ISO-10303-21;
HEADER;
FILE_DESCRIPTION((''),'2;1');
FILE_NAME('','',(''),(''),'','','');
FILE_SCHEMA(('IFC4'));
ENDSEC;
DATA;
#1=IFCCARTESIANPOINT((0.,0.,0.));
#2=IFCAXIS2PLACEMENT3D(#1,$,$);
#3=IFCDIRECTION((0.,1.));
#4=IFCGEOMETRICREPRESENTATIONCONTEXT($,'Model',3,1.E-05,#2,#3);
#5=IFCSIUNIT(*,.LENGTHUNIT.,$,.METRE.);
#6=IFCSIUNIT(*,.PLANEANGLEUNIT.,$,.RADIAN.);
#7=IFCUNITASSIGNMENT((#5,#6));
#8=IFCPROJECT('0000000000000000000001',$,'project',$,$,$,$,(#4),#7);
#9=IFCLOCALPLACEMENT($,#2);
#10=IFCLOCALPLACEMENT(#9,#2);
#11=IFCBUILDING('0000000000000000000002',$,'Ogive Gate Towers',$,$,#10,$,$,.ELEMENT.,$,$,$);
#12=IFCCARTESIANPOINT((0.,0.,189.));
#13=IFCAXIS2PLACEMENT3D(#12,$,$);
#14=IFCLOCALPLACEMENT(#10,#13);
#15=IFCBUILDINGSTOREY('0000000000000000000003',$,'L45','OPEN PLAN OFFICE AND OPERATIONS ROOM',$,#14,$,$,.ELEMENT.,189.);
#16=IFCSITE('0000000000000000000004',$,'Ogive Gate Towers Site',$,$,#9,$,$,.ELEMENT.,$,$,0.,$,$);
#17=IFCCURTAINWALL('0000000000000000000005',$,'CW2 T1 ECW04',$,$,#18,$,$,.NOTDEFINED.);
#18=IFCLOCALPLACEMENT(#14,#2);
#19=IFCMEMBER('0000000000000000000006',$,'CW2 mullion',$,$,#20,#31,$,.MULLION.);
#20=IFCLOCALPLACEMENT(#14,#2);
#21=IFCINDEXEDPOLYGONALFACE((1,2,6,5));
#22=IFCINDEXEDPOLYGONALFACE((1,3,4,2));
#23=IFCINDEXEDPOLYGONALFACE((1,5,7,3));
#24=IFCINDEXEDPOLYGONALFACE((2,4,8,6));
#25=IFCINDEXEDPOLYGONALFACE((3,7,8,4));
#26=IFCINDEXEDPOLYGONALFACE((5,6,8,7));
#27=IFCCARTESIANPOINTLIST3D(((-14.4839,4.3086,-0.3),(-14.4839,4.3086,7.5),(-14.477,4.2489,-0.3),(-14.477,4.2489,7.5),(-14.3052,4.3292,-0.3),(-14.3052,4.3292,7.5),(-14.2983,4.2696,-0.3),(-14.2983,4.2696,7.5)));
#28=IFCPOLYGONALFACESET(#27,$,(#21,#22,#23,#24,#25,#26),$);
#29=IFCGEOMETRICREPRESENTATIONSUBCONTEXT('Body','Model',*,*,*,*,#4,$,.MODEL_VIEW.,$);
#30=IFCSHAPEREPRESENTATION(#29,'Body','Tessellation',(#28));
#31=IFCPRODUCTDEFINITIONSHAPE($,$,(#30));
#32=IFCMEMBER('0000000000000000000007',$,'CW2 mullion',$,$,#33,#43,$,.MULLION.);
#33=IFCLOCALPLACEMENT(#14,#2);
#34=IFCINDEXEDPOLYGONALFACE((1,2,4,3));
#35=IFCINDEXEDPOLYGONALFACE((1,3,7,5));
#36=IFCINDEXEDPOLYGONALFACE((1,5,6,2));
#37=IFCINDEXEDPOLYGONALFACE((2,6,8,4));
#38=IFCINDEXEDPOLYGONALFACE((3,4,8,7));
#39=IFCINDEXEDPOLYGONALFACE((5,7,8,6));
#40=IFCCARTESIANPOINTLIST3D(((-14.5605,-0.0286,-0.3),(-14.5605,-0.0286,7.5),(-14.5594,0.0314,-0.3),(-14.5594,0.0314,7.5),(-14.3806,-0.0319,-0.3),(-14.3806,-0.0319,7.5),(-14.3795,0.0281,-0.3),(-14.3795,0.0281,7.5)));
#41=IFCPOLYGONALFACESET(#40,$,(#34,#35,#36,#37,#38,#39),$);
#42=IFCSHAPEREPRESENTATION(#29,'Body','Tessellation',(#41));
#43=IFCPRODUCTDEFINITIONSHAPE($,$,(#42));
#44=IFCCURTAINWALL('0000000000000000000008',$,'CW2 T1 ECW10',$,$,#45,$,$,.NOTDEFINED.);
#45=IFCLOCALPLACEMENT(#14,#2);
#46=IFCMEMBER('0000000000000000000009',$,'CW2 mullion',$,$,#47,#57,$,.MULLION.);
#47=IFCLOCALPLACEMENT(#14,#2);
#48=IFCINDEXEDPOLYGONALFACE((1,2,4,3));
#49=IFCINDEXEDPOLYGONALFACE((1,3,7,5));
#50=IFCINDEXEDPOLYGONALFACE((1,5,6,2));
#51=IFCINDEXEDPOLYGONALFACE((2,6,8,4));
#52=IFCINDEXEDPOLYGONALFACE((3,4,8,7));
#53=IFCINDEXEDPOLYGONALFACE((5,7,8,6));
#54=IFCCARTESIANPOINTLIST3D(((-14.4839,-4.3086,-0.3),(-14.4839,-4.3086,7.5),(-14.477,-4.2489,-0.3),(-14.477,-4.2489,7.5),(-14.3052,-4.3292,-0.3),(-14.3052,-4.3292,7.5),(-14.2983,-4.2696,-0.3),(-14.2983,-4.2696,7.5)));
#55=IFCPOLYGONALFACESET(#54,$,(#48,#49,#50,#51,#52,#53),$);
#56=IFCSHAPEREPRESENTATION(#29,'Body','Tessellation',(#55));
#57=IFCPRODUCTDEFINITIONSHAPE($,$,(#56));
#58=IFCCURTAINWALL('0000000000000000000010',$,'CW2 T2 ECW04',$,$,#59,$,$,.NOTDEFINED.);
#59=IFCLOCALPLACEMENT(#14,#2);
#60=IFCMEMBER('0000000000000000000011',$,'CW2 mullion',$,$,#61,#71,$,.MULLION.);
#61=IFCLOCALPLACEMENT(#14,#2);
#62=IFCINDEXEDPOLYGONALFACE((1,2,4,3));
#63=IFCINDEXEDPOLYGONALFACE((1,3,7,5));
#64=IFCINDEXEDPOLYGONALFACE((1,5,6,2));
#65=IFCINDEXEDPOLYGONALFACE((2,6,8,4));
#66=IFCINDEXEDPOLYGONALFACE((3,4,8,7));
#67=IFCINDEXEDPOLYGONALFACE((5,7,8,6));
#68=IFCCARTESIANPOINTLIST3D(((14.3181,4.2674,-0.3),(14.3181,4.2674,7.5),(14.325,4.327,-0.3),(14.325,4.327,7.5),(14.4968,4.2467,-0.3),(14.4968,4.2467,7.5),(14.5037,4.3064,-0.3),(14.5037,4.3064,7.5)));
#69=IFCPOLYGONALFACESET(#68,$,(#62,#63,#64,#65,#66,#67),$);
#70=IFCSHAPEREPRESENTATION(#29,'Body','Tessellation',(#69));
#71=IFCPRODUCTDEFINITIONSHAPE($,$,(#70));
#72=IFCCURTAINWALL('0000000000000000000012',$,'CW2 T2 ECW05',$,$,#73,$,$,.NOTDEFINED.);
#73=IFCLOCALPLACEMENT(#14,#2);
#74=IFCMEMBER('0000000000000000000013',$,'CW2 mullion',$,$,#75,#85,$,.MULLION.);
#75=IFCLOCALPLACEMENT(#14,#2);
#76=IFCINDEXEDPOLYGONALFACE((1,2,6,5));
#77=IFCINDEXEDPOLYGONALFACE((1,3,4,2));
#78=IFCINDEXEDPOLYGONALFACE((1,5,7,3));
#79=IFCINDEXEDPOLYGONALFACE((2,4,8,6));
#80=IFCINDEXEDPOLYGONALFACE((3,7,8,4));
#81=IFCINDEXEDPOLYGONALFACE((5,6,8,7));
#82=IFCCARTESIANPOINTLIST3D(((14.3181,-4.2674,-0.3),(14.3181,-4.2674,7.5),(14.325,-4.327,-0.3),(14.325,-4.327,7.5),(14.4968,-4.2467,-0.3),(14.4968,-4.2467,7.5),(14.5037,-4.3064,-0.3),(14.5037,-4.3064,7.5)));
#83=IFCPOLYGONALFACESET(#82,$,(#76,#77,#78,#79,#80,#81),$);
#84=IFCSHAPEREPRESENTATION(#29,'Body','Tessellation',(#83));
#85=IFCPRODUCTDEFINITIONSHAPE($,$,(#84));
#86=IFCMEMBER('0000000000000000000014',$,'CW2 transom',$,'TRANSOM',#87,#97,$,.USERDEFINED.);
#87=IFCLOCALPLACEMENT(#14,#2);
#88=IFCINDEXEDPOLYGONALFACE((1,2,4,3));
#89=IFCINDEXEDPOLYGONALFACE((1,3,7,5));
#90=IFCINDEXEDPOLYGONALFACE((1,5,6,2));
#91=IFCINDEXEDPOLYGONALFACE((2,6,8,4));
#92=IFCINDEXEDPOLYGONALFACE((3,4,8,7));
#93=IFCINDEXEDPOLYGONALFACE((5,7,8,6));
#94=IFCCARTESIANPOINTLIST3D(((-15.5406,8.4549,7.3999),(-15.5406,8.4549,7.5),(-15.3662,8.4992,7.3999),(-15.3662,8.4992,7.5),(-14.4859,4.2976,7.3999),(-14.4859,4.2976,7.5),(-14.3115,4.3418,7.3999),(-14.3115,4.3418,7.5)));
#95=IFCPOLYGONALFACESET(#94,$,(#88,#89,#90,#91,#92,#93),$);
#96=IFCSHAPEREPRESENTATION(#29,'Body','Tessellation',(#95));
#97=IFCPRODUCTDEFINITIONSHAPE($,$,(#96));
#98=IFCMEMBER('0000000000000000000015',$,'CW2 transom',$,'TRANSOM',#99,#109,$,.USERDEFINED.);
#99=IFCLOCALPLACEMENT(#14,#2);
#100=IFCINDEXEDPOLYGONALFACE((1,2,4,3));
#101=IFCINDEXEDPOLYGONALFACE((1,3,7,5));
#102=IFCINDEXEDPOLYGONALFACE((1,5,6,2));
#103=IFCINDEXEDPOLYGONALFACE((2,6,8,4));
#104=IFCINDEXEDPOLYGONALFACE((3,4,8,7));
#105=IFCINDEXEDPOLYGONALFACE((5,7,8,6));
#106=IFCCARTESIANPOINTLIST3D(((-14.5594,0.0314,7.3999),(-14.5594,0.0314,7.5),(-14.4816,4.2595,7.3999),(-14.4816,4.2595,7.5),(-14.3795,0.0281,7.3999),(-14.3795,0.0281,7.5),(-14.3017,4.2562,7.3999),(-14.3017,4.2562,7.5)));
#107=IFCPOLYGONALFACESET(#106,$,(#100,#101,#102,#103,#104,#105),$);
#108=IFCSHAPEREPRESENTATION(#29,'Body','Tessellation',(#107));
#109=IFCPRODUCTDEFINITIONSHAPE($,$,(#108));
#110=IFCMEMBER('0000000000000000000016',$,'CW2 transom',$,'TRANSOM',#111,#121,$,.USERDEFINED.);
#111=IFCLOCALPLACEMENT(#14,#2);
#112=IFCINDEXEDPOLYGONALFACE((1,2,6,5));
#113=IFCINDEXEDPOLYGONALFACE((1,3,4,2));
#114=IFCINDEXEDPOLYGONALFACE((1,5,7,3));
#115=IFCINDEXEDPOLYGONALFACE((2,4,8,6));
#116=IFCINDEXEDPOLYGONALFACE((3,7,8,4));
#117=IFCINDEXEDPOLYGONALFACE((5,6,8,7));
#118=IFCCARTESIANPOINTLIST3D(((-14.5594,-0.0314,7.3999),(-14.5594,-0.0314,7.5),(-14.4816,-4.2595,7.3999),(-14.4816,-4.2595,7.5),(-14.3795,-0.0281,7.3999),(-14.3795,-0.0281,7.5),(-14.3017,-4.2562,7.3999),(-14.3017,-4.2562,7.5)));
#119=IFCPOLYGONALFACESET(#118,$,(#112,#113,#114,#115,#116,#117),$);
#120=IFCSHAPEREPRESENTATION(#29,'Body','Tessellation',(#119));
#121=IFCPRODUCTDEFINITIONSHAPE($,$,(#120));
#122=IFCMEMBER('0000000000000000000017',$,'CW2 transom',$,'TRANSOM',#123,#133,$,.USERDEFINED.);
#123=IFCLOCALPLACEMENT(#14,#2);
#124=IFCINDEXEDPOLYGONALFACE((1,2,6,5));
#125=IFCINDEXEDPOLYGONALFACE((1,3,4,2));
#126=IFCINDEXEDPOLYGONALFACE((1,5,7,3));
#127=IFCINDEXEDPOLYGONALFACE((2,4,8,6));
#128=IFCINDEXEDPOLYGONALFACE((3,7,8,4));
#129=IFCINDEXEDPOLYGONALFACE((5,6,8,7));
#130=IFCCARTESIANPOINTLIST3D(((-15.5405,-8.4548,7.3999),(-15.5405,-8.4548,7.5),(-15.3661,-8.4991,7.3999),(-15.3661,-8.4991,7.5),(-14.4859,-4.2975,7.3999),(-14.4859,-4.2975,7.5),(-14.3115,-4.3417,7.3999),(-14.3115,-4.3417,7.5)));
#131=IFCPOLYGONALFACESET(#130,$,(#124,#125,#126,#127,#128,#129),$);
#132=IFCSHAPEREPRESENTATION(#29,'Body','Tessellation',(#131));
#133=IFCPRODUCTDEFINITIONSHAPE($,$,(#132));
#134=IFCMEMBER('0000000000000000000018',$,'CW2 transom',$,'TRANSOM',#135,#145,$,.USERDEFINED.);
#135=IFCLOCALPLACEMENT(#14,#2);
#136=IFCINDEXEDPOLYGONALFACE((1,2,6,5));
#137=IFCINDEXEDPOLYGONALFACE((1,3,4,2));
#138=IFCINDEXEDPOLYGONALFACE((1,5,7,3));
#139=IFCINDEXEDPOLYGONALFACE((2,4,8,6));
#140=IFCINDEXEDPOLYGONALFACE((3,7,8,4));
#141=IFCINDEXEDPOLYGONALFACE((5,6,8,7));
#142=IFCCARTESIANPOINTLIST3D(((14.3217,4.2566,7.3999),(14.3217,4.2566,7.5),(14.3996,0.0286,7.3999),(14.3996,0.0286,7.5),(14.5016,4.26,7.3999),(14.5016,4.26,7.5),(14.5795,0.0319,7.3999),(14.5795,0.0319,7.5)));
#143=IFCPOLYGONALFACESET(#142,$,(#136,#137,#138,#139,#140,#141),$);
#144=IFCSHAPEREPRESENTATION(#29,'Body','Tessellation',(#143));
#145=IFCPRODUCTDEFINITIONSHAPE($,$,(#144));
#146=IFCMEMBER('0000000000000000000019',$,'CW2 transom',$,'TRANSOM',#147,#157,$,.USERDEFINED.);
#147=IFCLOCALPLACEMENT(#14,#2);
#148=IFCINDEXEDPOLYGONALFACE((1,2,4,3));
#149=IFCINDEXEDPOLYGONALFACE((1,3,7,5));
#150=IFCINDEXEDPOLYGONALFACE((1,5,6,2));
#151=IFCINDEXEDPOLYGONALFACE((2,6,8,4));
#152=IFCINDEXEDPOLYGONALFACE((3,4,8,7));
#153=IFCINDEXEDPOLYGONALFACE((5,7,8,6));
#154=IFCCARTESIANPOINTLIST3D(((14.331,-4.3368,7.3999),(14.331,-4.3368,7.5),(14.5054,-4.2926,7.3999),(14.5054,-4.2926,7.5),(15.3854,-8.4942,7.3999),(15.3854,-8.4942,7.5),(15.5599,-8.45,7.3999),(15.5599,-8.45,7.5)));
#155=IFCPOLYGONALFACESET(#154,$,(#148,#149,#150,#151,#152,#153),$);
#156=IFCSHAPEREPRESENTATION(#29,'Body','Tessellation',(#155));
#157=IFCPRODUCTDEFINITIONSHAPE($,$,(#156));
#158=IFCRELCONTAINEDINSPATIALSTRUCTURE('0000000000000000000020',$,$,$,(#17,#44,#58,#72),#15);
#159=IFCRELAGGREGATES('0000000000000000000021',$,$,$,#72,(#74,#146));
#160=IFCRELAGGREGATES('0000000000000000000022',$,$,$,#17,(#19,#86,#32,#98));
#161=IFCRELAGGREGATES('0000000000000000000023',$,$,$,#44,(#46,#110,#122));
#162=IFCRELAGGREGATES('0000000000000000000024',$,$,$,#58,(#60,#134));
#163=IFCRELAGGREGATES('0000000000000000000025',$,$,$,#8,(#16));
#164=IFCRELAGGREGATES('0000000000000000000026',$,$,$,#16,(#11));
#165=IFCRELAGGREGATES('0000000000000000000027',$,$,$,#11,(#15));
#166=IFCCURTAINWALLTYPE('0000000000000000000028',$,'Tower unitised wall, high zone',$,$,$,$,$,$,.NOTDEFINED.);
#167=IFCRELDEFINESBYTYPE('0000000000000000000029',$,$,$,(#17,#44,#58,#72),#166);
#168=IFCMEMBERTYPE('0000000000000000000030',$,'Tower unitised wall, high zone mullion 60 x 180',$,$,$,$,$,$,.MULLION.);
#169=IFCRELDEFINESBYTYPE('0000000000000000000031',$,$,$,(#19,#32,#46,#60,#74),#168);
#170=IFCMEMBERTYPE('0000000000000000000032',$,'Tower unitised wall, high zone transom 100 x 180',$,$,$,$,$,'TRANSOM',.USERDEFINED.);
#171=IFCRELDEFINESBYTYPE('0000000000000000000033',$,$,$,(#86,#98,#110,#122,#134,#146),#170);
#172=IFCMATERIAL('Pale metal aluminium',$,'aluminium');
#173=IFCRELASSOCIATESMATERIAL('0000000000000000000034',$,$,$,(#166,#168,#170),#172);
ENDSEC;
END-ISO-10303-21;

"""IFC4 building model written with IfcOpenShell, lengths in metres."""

from ifc_helpers import new_model, si_unit, direction, frame, origin, origin_2d, place, context, subcontext, project, spatial, rectangle, extrude, material, material_profile, profile_set, type_object, element, aggregate, save


model = new_model("IFC4")

# Units and contexts
model_context = context("Model", 3, precision=1e-05, world=origin(), true_north=direction((0.0, 1.0)))
body_context = subcontext(model_context, "Body", "Model", "MODEL_VIEW")
ifc_project = project(units=[si_unit("LENGTHUNIT", "METRE"), si_unit("PLANEANGLEUNIT", "RADIAN")], contexts=[model_context])

# Site, building, storey
site_placement = place(None, origin())
site = spatial("IfcSite", under=ifc_project, at=site_placement, Name="Ogive Gate Towers Site", CompositionType="ELEMENT", RefElevation=0.0)
building_placement = place(site_placement, origin())
building = spatial("IfcBuilding", under=site, at=building_placement, Name="Ogive Gate Towers", CompositionType="ELEMENT")
storey_placement = place(building_placement, frame((0.0, 0.0, 189.0)))
storey = spatial("IfcBuildingStorey", under=building, at=storey_placement, Name="L45", Description="OPEN PLAN OFFICE AND OPERATIONS ROOM", CompositionType="ELEMENT", Elevation=189.0)

# Curtain wall, members
ifc_material_1 = material(Name="Pale metal aluminium", Category="aluminium")
curtain_wall_type = type_object("IfcCurtainWallType", Name="Tower unitised wall, high zone", PredefinedType="NOTDEFINED", material=ifc_material_1)
curtain_wall_1_placement = place(storey_placement, origin())
curtain_wall_1 = element("IfcCurtainWall", 1, at=curtain_wall_1_placement, inside=storey, type_object=curtain_wall_type, Name="CW2 T1 ECW04", PredefinedType="NOTDEFINED")
ifc_material_profile_1 = material_profile(ifc_material_1, rectangle(XDim=0.1799, YDim=0.0601, at=origin_2d()), Name="60 x 180 aluminium box")
ifc_profile_set_1 = profile_set([ifc_material_profile_1], Name="Pale metal aluminium")
member_type_1 = type_object("IfcMemberType", Name="Tower unitised wall, high zone mullion 60 x 180", PredefinedType="MULLION", material=ifc_profile_set_1)
member_1_placement = place(storey_placement, frame((-14.3911, 4.2891, -0.3), z_axis=(0.0, 0.0, 1.0), x_axis=(-0.993395, -0.114746, 0.0)))
member_1 = element("IfcMember", 2, at=member_1_placement, type_object=member_type_1, Name="CW2 mullion", PredefinedType="MULLION", context=body_context, shape_type="SweptSolid", body=[
    extrude(rectangle(XDim=0.1799, YDim=0.0601, at=origin_2d()), origin(), (0.0, 0.0, 1.0), 7.8),
])
member_2_placement = place(storey_placement, frame((-14.47, -0.0002, -0.3), z_axis=(0.0, 0.0, 1.0), x_axis=(-0.99983, 0.018412, 0.0)))
member_2 = element("IfcMember", 3, at=member_2_placement, type_object=member_type_1, Name="CW2 mullion", PredefinedType="MULLION", context=body_context, shape_type="SweptSolid", body=[
    extrude(rectangle(XDim=0.1799, YDim=0.0601, at=origin_2d()), origin(), (0.0, 0.0, 1.0), 7.8),
])

# Curtain walls, members
curtain_wall_2_placement = place(storey_placement, origin())
curtain_wall_2 = element("IfcCurtainWall", 4, at=curtain_wall_2_placement, inside=storey, type_object=curtain_wall_type, Name="CW2 T1 ECW10", PredefinedType="NOTDEFINED")
member_3_placement = place(storey_placement, frame((-14.3911, -4.2891, -0.3), z_axis=(0.0, 0.0, 1.0), x_axis=(-0.993395, 0.114746, 0.0)))
member_3 = element("IfcMember", 5, at=member_3_placement, type_object=member_type_1, Name="CW2 mullion", PredefinedType="MULLION", context=body_context, shape_type="SweptSolid", body=[
    extrude(rectangle(XDim=0.1799, YDim=0.0601, at=origin_2d()), origin(), (0.0, 0.0, 1.0), 7.8),
])
curtain_wall_3_placement = place(storey_placement, origin())
curtain_wall_3 = element("IfcCurtainWall", 6, at=curtain_wall_3_placement, inside=storey, type_object=curtain_wall_type, Name="CW2 T2 ECW04", PredefinedType="NOTDEFINED")
member_4_placement = place(storey_placement, frame((14.4109, 4.2869, -0.3), z_axis=(0.0, 0.0, 1.0), x_axis=(-0.993395, 0.114746, 0.0)))
member_4 = element("IfcMember", 7, at=member_4_placement, type_object=member_type_1, Name="CW2 mullion", PredefinedType="MULLION", context=body_context, shape_type="SweptSolid", body=[
    extrude(rectangle(XDim=0.1799, YDim=0.0601, at=origin_2d()), origin(), (0.0, 0.0, 1.0), 7.8),
])
curtain_wall_4_placement = place(storey_placement, origin())
curtain_wall_4 = element("IfcCurtainWall", 8, at=curtain_wall_4_placement, inside=storey, type_object=curtain_wall_type, Name="CW2 T2 ECW05", PredefinedType="NOTDEFINED")
member_5_placement = place(storey_placement, frame((14.4109, -4.2869, -0.3), z_axis=(0.0, 0.0, 1.0), x_axis=(-0.993395, -0.114746, 0.0)))
member_5 = element("IfcMember", 9, at=member_5_placement, type_object=member_type_1, Name="CW2 mullion", PredefinedType="MULLION", context=body_context, shape_type="SweptSolid", body=[
    extrude(rectangle(XDim=0.1799, YDim=0.0601, at=origin_2d()), origin(), (0.0, 0.0, 1.0), 7.8),
])

# Members
ifc_material_profile_2 = material_profile(ifc_material_1, rectangle(XDim=0.1799, YDim=0.1001, at=origin_2d()), Name="100 x 180 aluminium box")
ifc_profile_set_2 = profile_set([ifc_material_profile_2], Name="Pale metal aluminium")
member_type_2 = type_object("IfcMemberType", Name="Tower unitised wall, high zone transom 100 x 180", ElementType="TRANSOM", PredefinedType="USERDEFINED", material=ifc_profile_set_2)
member_6_placement = place(storey_placement, frame((-15.4534, 8.4771, 7.45), z_axis=(0.245896, -0.969296, 0.0), x_axis=(0.969296, 0.245896, 0.0)))
member_6 = element("IfcMember", 10, at=member_6_placement, type_object=member_type_2, Name="CW2 transom", ObjectType="TRANSOM", PredefinedType="USERDEFINED", context=body_context, shape_type="SweptSolid", body=[
    extrude(rectangle(XDim=0.1799, YDim=0.1001, at=origin_2d()), origin(), (0.0, 0.0, 1.0), 4.2891),
])
member_7_placement = place(storey_placement, frame((-14.3916, 4.2578, 7.45), z_axis=(-0.018417, -0.99983, 0.0), x_axis=(0.99983, -0.018417, 0.0)))
member_7 = element("IfcMember", 11, at=member_7_placement, type_object=member_type_2, Name="CW2 transom", ObjectType="TRANSOM", PredefinedType="USERDEFINED", context=body_context, shape_type="SweptSolid", body=[
    extrude(rectangle(XDim=0.1799, YDim=0.1001, at=origin_2d()), origin(), (0.0, 0.0, 1.0), 4.2288),
])
member_8_placement = place(storey_placement, frame((-14.4695, -0.0298, 7.45), z_axis=(0.018417, -0.99983, 0.0), x_axis=(0.99983, 0.018417, 0.0)))
member_8 = element("IfcMember", 12, at=member_8_placement, type_object=member_type_2, Name="CW2 transom", ObjectType="TRANSOM", PredefinedType="USERDEFINED", context=body_context, shape_type="SweptSolid", body=[
    extrude(rectangle(XDim=0.1799, YDim=0.1001, at=origin_2d()), origin(), (0.0, 0.0, 1.0), 4.2288),
])
member_9_placement = place(storey_placement, frame((-14.3987, -4.3196, 7.45), z_axis=(-0.245896, -0.969296, 0.0), x_axis=(0.969296, -0.245896, 0.0)))
member_9 = element("IfcMember", 13, at=member_9_placement, type_object=member_type_2, Name="CW2 transom", ObjectType="TRANSOM", PredefinedType="USERDEFINED", context=body_context, shape_type="SweptSolid", body=[
    extrude(rectangle(XDim=0.1799, YDim=0.1001, at=origin_2d()), origin(), (0.0, 0.0, 1.0), 4.2891),
])
member_10_placement = place(storey_placement, frame((14.4116, 4.2583, 7.45), z_axis=(0.018417, -0.99983, 0.0), x_axis=(0.99983, 0.018417, 0.0)))
member_10 = element("IfcMember", 14, at=member_10_placement, type_object=member_type_2, Name="CW2 transom", ObjectType="TRANSOM", PredefinedType="USERDEFINED", context=body_context, shape_type="SweptSolid", body=[
    extrude(rectangle(XDim=0.1799, YDim=0.1001, at=origin_2d()), origin(), (0.0, 0.0, 1.0), 4.2288),
])
member_11_placement = place(storey_placement, frame((14.4182, -4.3147, 7.45), z_axis=(0.245842, -0.96931, 0.0), x_axis=(0.96931, 0.245842, 0.0)))
member_11 = element("IfcMember", 15, at=member_11_placement, type_object=member_type_2, Name="CW2 transom", ObjectType="TRANSOM", PredefinedType="USERDEFINED", context=body_context, shape_type="SweptSolid", body=[
    extrude(rectangle(XDim=0.1799, YDim=0.1001, at=origin_2d()), origin(), (0.0, 0.0, 1.0), 4.2891),
])
aggregate(curtain_wall_4, [member_5, member_11])

aggregate(curtain_wall_1, [member_1, member_6, member_2, member_7])
aggregate(curtain_wall_2, [member_3, member_8, member_9])
aggregate(curtain_wall_3, [member_4, member_10])

save(model, "model.ifc")
